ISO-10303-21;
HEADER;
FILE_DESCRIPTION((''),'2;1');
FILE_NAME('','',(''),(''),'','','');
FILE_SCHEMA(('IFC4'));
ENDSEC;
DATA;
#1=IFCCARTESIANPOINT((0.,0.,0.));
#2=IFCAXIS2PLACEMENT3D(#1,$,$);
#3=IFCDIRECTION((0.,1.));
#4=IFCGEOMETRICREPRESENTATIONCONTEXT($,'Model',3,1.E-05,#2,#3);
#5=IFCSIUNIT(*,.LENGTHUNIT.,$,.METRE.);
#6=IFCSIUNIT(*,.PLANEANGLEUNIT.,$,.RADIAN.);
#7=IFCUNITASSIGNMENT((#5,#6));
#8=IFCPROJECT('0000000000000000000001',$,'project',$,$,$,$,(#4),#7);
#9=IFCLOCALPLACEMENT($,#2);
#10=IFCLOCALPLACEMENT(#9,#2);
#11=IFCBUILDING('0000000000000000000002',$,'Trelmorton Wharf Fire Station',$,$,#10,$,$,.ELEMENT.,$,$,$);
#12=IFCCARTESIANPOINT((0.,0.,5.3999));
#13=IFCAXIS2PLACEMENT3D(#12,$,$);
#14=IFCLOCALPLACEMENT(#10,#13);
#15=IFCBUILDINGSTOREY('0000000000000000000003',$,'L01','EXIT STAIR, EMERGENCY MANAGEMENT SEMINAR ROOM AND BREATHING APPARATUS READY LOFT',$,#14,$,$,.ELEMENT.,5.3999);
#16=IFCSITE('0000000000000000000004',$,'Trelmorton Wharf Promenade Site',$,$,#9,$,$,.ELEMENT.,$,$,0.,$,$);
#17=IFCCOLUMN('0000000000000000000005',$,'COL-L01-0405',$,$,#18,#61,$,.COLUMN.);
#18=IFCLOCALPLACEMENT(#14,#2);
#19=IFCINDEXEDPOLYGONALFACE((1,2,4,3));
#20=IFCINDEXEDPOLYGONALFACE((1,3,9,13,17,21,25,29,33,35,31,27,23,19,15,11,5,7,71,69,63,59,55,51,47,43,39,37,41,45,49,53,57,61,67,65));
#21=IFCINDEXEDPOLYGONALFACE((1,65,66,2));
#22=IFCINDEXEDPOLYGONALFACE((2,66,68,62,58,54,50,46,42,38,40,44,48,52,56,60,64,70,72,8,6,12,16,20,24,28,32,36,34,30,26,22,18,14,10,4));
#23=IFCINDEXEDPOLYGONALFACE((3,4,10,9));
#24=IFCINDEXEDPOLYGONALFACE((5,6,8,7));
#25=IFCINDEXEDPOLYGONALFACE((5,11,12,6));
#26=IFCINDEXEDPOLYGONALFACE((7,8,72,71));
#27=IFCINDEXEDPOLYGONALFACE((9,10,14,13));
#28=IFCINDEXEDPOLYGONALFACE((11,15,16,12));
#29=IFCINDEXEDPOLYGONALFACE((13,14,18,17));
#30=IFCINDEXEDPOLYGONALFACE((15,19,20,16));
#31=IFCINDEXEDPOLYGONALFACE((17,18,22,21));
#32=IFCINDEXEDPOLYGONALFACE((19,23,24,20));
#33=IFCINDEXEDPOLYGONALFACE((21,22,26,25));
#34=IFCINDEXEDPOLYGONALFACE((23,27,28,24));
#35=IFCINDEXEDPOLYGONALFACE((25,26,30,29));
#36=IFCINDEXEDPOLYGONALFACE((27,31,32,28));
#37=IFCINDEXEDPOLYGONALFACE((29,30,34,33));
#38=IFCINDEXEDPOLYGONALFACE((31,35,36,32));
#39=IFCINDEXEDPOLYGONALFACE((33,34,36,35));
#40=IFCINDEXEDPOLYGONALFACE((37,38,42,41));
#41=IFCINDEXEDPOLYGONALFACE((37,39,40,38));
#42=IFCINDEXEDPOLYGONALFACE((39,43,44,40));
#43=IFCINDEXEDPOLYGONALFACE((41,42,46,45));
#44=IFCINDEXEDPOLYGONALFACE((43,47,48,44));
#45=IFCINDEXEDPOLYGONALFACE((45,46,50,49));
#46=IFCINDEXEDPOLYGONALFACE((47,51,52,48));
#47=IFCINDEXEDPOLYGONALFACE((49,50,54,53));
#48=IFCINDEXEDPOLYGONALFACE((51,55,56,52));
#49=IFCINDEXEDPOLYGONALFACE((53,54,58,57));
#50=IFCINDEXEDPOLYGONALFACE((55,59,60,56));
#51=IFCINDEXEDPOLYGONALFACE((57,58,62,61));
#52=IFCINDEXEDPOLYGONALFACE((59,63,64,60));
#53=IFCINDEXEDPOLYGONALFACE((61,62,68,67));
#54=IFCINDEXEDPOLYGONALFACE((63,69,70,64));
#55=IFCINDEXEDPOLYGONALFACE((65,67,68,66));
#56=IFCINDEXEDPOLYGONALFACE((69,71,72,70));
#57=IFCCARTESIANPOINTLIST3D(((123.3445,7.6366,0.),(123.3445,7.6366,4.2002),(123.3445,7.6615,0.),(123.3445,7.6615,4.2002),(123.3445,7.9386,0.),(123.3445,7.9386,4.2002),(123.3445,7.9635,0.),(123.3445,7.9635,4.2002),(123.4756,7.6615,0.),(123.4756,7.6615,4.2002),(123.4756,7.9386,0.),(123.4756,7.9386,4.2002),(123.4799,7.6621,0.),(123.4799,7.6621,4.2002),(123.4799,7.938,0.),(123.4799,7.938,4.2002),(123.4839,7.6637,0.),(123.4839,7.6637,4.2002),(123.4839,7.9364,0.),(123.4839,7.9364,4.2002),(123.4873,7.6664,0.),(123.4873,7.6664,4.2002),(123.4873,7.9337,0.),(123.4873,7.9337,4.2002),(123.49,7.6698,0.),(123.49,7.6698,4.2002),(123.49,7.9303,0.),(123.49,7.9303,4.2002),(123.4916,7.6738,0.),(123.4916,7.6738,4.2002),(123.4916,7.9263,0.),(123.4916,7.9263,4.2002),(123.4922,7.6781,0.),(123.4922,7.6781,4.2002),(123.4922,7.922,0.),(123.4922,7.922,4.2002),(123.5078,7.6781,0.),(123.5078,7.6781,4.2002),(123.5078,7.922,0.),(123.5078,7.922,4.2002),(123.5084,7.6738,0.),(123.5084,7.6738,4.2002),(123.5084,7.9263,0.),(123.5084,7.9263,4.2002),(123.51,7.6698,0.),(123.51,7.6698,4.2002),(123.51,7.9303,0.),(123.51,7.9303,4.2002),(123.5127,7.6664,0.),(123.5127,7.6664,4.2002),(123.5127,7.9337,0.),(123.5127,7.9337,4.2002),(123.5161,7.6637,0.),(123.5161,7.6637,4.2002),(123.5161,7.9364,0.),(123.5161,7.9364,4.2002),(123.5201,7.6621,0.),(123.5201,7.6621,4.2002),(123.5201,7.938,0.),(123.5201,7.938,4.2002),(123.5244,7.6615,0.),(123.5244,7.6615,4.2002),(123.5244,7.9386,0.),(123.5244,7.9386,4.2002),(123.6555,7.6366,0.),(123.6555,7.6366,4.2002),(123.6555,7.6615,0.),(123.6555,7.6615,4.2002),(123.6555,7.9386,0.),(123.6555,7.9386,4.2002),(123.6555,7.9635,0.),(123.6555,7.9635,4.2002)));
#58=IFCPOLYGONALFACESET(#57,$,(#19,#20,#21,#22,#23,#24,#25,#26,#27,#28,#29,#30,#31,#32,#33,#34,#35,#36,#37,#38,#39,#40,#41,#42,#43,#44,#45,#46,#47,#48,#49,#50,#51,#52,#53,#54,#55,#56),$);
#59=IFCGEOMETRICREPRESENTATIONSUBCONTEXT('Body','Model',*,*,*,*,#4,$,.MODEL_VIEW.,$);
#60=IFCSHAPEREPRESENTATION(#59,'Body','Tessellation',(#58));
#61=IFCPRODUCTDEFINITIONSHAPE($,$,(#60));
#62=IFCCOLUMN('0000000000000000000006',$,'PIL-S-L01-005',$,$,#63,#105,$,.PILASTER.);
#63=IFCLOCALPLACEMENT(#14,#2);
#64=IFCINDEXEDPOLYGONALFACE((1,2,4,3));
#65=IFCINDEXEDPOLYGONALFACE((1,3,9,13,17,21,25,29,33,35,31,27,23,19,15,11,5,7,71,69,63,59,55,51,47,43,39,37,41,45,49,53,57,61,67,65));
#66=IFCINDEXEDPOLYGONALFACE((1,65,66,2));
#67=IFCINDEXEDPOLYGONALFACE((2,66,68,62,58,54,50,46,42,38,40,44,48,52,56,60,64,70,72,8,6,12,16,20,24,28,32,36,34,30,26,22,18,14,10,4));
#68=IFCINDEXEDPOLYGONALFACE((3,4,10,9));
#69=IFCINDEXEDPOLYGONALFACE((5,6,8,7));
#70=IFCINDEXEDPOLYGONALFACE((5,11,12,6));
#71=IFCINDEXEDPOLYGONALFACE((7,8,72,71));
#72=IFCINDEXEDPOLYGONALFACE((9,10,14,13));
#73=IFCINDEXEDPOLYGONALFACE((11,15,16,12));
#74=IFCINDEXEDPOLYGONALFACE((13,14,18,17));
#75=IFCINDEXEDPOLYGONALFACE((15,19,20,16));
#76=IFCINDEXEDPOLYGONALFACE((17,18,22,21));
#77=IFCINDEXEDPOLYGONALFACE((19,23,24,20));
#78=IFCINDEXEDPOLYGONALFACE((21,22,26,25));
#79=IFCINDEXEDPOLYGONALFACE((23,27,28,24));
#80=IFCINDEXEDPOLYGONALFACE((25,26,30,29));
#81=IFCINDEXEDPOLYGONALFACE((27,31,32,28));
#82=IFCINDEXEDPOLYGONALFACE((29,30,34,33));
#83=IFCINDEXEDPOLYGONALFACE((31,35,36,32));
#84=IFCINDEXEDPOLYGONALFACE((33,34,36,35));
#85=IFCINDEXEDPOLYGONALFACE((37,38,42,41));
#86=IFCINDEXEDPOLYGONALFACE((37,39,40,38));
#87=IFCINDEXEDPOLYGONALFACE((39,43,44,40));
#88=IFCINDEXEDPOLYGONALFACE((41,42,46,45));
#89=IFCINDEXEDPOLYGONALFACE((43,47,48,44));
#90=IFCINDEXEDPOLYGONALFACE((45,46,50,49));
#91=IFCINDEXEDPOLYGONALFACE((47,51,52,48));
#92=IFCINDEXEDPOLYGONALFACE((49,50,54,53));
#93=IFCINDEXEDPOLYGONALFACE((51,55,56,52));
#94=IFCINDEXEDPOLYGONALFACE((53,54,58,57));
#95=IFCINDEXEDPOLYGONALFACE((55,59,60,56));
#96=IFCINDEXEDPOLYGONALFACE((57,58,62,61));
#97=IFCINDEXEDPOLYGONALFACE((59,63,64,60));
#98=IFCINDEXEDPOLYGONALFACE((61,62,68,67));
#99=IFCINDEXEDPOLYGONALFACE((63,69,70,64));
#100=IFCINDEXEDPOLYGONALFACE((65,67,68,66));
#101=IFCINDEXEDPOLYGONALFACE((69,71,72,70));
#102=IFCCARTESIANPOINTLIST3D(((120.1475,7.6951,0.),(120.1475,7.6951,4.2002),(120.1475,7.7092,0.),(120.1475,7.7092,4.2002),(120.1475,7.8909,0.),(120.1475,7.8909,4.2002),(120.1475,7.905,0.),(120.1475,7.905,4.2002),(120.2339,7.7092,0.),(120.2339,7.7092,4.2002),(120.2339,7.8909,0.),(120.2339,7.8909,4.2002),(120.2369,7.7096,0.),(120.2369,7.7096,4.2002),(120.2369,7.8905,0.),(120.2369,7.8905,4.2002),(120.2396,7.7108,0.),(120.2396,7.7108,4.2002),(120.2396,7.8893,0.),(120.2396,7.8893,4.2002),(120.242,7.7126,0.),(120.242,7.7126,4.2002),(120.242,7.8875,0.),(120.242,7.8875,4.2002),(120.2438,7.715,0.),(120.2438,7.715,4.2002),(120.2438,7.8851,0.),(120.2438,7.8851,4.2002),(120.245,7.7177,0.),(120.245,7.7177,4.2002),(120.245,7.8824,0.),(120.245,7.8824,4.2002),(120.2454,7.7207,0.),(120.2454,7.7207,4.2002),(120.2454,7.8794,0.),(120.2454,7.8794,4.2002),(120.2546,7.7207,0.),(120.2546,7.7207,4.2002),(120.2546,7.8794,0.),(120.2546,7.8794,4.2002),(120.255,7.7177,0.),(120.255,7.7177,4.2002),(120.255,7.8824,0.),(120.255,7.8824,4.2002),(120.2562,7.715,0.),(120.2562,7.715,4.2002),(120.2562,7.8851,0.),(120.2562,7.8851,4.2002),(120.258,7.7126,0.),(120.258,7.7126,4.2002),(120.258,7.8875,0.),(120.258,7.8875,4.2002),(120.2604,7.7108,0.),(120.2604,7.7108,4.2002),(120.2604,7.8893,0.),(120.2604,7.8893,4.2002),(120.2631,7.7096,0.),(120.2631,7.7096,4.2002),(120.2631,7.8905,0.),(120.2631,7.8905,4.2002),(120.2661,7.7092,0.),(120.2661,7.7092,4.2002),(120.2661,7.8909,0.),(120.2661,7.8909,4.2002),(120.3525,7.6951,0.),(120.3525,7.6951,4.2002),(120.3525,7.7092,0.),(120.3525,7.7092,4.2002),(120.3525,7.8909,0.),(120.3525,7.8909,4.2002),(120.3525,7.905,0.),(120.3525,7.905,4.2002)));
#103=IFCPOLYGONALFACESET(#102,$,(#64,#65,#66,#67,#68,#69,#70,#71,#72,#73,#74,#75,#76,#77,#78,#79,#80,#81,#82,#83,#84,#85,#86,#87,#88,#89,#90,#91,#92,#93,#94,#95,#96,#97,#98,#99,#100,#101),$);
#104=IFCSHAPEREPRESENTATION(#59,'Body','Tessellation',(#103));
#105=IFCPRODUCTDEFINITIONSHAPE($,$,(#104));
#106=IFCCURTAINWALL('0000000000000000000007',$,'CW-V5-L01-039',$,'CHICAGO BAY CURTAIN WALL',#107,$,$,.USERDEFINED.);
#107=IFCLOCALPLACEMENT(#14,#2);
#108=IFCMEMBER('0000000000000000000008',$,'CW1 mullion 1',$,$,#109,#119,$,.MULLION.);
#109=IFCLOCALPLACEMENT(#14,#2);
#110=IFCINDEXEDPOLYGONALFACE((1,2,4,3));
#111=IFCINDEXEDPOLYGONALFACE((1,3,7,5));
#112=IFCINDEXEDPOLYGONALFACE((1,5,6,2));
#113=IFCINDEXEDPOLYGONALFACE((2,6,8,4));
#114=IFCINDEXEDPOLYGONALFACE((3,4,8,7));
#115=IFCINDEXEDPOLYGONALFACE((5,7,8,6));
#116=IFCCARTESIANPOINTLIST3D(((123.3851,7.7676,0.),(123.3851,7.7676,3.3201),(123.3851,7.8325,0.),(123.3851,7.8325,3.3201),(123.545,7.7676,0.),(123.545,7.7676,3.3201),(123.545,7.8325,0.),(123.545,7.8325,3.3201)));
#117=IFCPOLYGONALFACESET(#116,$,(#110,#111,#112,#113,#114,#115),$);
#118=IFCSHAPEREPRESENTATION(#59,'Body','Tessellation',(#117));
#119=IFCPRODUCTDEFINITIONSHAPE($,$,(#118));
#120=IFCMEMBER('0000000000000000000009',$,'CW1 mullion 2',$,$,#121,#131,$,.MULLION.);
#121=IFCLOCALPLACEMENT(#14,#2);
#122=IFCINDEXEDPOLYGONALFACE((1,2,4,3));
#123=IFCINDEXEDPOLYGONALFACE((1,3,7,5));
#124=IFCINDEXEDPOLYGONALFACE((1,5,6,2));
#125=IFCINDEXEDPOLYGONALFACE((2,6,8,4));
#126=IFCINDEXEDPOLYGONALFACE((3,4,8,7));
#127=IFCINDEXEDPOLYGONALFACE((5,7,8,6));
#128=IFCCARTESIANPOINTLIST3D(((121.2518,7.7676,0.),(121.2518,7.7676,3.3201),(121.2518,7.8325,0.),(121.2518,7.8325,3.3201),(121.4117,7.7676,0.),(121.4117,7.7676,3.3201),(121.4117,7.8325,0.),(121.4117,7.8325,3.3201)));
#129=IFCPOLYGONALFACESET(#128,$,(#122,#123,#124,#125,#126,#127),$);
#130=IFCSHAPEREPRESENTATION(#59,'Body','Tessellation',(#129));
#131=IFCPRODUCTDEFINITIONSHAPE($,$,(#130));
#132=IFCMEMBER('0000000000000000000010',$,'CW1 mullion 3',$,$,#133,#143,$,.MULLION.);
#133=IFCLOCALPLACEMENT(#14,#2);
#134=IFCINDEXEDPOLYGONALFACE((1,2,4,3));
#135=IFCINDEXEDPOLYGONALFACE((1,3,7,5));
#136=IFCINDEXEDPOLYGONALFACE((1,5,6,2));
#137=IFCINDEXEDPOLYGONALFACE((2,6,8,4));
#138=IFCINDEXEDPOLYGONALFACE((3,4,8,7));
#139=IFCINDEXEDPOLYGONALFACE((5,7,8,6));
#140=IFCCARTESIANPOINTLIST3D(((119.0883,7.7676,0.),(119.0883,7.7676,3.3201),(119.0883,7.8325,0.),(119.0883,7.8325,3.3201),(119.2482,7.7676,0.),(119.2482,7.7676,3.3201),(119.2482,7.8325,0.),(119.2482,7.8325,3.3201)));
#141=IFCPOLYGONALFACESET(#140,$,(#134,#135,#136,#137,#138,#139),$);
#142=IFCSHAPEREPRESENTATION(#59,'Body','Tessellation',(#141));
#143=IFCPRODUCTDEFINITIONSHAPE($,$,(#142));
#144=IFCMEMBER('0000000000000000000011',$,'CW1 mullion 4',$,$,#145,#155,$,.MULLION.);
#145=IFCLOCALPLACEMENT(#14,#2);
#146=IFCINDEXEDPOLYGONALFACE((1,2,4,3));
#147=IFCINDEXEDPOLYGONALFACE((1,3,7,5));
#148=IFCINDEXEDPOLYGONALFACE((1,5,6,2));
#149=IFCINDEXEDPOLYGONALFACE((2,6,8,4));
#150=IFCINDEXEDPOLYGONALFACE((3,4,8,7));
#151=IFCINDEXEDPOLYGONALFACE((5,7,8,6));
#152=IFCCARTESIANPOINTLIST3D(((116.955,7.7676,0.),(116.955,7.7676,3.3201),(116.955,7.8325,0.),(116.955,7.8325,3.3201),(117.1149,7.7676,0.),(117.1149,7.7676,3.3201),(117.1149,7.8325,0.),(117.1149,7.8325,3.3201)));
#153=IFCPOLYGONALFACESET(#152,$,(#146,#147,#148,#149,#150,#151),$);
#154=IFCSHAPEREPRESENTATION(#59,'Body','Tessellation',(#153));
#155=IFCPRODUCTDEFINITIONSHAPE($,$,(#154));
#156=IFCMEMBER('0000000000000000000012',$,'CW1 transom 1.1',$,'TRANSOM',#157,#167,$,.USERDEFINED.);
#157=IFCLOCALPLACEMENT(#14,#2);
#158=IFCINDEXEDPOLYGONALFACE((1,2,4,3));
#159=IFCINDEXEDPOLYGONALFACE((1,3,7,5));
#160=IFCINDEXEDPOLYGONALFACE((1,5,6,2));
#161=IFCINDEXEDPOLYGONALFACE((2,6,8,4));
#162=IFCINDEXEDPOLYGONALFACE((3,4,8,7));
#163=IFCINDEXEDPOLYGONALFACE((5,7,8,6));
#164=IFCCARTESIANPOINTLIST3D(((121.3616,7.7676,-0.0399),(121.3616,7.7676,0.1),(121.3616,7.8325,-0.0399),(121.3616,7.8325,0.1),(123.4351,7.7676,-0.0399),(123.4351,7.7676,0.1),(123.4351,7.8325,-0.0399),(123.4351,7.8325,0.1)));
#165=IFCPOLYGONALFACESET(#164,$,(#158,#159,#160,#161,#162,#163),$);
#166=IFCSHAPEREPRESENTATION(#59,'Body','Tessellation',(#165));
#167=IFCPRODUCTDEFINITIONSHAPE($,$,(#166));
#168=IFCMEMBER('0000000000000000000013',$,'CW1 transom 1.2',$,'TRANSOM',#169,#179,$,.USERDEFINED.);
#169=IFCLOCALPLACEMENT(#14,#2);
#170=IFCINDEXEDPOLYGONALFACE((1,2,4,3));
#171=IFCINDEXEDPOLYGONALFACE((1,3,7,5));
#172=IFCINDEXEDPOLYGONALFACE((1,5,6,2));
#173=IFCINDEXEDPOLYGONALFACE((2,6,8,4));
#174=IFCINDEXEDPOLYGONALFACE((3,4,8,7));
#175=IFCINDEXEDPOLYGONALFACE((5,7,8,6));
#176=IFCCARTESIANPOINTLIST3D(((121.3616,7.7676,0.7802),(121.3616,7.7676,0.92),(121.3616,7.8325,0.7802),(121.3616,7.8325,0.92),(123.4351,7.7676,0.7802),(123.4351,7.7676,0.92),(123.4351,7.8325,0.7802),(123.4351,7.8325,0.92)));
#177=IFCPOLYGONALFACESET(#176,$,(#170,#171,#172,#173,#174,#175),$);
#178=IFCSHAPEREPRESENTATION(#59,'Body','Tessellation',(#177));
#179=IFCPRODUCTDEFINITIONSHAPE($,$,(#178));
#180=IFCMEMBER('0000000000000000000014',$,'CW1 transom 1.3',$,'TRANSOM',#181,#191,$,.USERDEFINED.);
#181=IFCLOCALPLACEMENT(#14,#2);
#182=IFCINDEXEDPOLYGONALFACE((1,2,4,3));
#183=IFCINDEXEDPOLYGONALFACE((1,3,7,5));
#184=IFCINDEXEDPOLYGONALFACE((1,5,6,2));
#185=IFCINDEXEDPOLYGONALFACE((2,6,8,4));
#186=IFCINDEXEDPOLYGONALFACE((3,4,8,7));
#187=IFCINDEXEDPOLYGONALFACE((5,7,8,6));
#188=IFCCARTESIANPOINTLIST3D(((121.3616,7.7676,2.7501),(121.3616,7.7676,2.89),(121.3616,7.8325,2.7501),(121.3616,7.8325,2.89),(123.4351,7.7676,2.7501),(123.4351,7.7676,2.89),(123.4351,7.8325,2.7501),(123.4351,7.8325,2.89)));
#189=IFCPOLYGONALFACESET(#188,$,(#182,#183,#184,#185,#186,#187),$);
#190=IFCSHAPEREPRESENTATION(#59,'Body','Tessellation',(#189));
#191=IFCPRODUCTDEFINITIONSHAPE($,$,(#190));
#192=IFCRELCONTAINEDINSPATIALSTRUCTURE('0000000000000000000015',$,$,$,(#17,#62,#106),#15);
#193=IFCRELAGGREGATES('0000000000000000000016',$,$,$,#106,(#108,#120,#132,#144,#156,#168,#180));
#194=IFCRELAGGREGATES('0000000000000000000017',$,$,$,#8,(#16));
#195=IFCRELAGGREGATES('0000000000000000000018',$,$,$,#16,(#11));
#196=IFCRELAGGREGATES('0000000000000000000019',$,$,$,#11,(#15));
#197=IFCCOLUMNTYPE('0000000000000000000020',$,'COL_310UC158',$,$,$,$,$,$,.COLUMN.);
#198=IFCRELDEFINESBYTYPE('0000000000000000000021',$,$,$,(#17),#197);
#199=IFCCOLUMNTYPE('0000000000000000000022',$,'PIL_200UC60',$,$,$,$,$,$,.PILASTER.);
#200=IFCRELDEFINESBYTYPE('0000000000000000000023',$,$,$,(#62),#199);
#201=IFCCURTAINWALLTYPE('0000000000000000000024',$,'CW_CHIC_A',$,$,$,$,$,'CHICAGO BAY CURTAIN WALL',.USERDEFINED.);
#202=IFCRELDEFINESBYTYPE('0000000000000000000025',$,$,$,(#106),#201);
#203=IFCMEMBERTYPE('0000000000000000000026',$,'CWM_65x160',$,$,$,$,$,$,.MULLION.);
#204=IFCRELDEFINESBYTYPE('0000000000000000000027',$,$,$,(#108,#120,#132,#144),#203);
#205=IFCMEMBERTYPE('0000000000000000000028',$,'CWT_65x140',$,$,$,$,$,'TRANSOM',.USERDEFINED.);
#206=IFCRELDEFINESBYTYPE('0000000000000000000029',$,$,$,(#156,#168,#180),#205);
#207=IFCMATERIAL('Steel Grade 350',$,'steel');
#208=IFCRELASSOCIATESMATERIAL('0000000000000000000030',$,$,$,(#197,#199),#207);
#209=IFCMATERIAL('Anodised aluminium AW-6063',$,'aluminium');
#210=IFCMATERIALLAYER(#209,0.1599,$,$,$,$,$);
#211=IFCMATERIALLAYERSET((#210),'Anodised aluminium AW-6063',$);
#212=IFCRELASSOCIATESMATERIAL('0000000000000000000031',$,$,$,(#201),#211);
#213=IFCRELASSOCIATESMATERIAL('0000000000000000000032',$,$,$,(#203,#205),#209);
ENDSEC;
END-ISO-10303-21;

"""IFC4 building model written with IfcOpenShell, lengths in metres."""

from ifc_helpers import new_model, si_unit, direction, frame, origin, origin_2d, place, context, subcontext, project, spatial, rectangle, i_section, extrude, material, layer, layer_set, material_profile, profile_set, type_object, element, aggregate, save


model = new_model("IFC4")

# Units and contexts
model_context = context("Model", 3, precision=1e-05, world=origin(), true_north=direction((0.0, 1.0)))
body_context = subcontext(model_context, "Body", "Model", "MODEL_VIEW")
ifc_project = project(units=[si_unit("LENGTHUNIT", "METRE"), si_unit("PLANEANGLEUNIT", "RADIAN")], contexts=[model_context])

# Site, building, storey
site_placement = place(None, origin())
site = spatial("IfcSite", under=ifc_project, at=site_placement, Name="Trelmorton Wharf Promenade Site", CompositionType="ELEMENT", RefElevation=0.0)
building_placement = place(site_placement, origin())
building = spatial("IfcBuilding", under=site, at=building_placement, Name="Trelmorton Wharf Fire Station", CompositionType="ELEMENT")
storey_placement = place(building_placement, frame((0.0, 0.0, 5.3999)))
storey = spatial("IfcBuildingStorey", under=building, at=storey_placement, Name="L01", Description="EXIT STAIR, EMERGENCY MANAGEMENT SEMINAR ROOM AND BREATHING APPARATUS READY LOFT", CompositionType="ELEMENT", Elevation=5.3999)

# Columns
ifc_material_1 = material(Name="Steel Grade 350", Category="steel")
ifc_material_profile_1 = material_profile(ifc_material_1, i_section(OverallWidth=0.311, OverallDepth=0.3269, WebThickness=0.0156, FlangeThickness=0.0249, FilletRadius=0.0166, at=origin_2d()), Name="310UC158")
ifc_profile_set_1 = profile_set([ifc_material_profile_1], Name="Steel Grade 350")
column_type_1 = type_object("IfcColumnType", Name="COL_310UC158", PredefinedType="COLUMN", material=ifc_profile_set_1)
column_1_placement = place(storey_placement, frame((123.5, 7.8, 0.0), z_axis=(0.0, 0.0, 1.0), x_axis=(1.0, 0.0, 0.0)))
element("IfcColumn", 1, at=column_1_placement, inside=storey, type_object=column_type_1, Name="COL-L01-0405", PredefinedType="COLUMN", context=body_context, shape_type="SweptSolid", body=[
    extrude(i_section(OverallWidth=0.311, OverallDepth=0.3269, WebThickness=0.0156, FlangeThickness=0.0249, FilletRadius=0.0166, at=origin_2d()), origin(), (0.0, 0.0, 1.0), 4.2002),
])
ifc_material_profile_2 = material_profile(ifc_material_1, i_section(OverallWidth=0.2051, OverallDepth=0.21, WebThickness=0.0093, FlangeThickness=0.0142, FilletRadius=0.0115, at=origin_2d()), Name="200UC59.5")
ifc_profile_set_2 = profile_set([ifc_material_profile_2], Name="Steel Grade 350")
column_type_2 = type_object("IfcColumnType", Name="PIL_200UC60", PredefinedType="PILASTER", material=ifc_profile_set_2)
column_2_placement = place(storey_placement, frame((120.25, 7.8, 0.0), z_axis=(0.0, 0.0, 1.0), x_axis=(1.0, 0.0, 0.0)))
element("IfcColumn", 2, at=column_2_placement, inside=storey, type_object=column_type_2, Name="PIL-S-L01-005", PredefinedType="PILASTER", context=body_context, shape_type="SweptSolid", body=[
    extrude(i_section(OverallWidth=0.2051, OverallDepth=0.21, WebThickness=0.0093, FlangeThickness=0.0142, FilletRadius=0.0115, at=origin_2d()), origin(), (0.0, 0.0, 1.0), 4.2002),
])

# Curtain wall, members
ifc_material_2 = material(Name="Anodised aluminium AW-6063", Category="aluminium")
ifc_layer_1 = layer(ifc_material_2, 0.1599)
ifc_layer_set_1 = layer_set([ifc_layer_1], Name="Anodised aluminium AW-6063")
curtain_wall_type = type_object("IfcCurtainWallType", Name="CW_CHIC_A", ElementType="CHICAGO BAY CURTAIN WALL", PredefinedType="USERDEFINED", material=ifc_layer_set_1)
curtain_wall_placement = place(storey_placement, origin())
curtain_wall = element("IfcCurtainWall", 3, at=curtain_wall_placement, inside=storey, type_object=curtain_wall_type, Name="CW-V5-L01-039", ObjectType="CHICAGO BAY CURTAIN WALL", PredefinedType="USERDEFINED")
ifc_material_profile_3 = material_profile(ifc_material_2, rectangle(XDim=0.0649, YDim=0.1599, at=origin_2d()), Name="ALU-65x160")
ifc_profile_set_3 = profile_set([ifc_material_profile_3], Name="Anodised aluminium AW-6063")
member_type_1 = type_object("IfcMemberType", Name="CWM_65x160", PredefinedType="MULLION", material=ifc_profile_set_3)
member_1_placement = place(storey_placement, frame((123.4651, 7.8, 0.0), z_axis=(0.0, 0.0, 1.0), x_axis=(0.0, -1.0, 0.0)))
member_1 = element("IfcMember", 4, at=member_1_placement, type_object=member_type_1, Name="CW1 mullion 1", PredefinedType="MULLION", context=body_context, shape_type="SweptSolid", body=[
    extrude(rectangle(XDim=0.0649, YDim=0.1599, at=origin_2d()), origin(), (0.0, 0.0, 1.0), 3.3201),
])
member_2_placement = place(storey_placement, frame((121.3318, 7.8, 0.0), z_axis=(0.0, 0.0, 1.0), x_axis=(0.0, -1.0, 0.0)))
member_2 = element("IfcMember", 5, at=member_2_placement, type_object=member_type_1, Name="CW1 mullion 2", PredefinedType="MULLION", context=body_context, shape_type="SweptSolid", body=[
    extrude(rectangle(XDim=0.0649, YDim=0.1599, at=origin_2d()), origin(), (0.0, 0.0, 1.0), 3.3201),
])
member_3_placement = place(storey_placement, frame((119.1682, 7.8, 0.0), z_axis=(0.0, 0.0, 1.0), x_axis=(0.0, -1.0, 0.0)))
member_3 = element("IfcMember", 6, at=member_3_placement, type_object=member_type_1, Name="CW1 mullion 3", PredefinedType="MULLION", context=body_context, shape_type="SweptSolid", body=[
    extrude(rectangle(XDim=0.0649, YDim=0.1599, at=origin_2d()), origin(), (0.0, 0.0, 1.0), 3.3201),
])
member_4_placement = place(storey_placement, frame((117.0349, 7.8, 0.0), z_axis=(0.0, 0.0, 1.0), x_axis=(0.0, -1.0, 0.0)))
member_4 = element("IfcMember", 7, at=member_4_placement, type_object=member_type_1, Name="CW1 mullion 4", PredefinedType="MULLION", context=body_context, shape_type="SweptSolid", body=[
    extrude(rectangle(XDim=0.0649, YDim=0.1599, at=origin_2d()), origin(), (0.0, 0.0, 1.0), 3.3201),
])
ifc_material_profile_4 = material_profile(ifc_material_2, rectangle(XDim=0.0649, YDim=0.1399, at=origin_2d()), Name="ALU-65x140")
ifc_profile_set_4 = profile_set([ifc_material_profile_4], Name="Anodised aluminium AW-6063")
member_type_2 = type_object("IfcMemberType", Name="CWT_65x140", ElementType="TRANSOM", PredefinedType="USERDEFINED", material=ifc_profile_set_4)
member_5_placement = place(storey_placement, frame((123.4351, 7.8, 0.03), z_axis=(-1.0, 0.0, 0.0), x_axis=(0.0, -1.0, 0.0)))
member_5 = element("IfcMember", 8, at=member_5_placement, type_object=member_type_2, Name="CW1 transom 1.1", ObjectType="TRANSOM", PredefinedType="USERDEFINED", context=body_context, shape_type="SweptSolid", body=[
    extrude(rectangle(XDim=0.0649, YDim=0.1399, at=origin_2d()), origin(), (0.0, 0.0, 1.0), 2.0735),
])
member_6_placement = place(storey_placement, frame((123.4351, 7.8, 0.8501), z_axis=(-1.0, 0.0, 0.0), x_axis=(0.0, -1.0, 0.0)))
member_6 = element("IfcMember", 9, at=member_6_placement, type_object=member_type_2, Name="CW1 transom 1.2", ObjectType="TRANSOM", PredefinedType="USERDEFINED", context=body_context, shape_type="SweptSolid", body=[
    extrude(rectangle(XDim=0.0649, YDim=0.1399, at=origin_2d()), origin(), (0.0, 0.0, 1.0), 2.0735),
])
member_7_placement = place(storey_placement, frame((123.4351, 7.8, 2.8201), z_axis=(-1.0, 0.0, 0.0), x_axis=(0.0, -1.0, 0.0)))
member_7 = element("IfcMember", 10, at=member_7_placement, type_object=member_type_2, Name="CW1 transom 1.3", ObjectType="TRANSOM", PredefinedType="USERDEFINED", context=body_context, shape_type="SweptSolid", body=[
    extrude(rectangle(XDim=0.0649, YDim=0.1399, at=origin_2d()), origin(), (0.0, 0.0, 1.0), 2.0735),
])

aggregate(curtain_wall, [member_1, member_2, member_3, member_4, member_5, member_6, member_7])

save(model, "model.ifc")
